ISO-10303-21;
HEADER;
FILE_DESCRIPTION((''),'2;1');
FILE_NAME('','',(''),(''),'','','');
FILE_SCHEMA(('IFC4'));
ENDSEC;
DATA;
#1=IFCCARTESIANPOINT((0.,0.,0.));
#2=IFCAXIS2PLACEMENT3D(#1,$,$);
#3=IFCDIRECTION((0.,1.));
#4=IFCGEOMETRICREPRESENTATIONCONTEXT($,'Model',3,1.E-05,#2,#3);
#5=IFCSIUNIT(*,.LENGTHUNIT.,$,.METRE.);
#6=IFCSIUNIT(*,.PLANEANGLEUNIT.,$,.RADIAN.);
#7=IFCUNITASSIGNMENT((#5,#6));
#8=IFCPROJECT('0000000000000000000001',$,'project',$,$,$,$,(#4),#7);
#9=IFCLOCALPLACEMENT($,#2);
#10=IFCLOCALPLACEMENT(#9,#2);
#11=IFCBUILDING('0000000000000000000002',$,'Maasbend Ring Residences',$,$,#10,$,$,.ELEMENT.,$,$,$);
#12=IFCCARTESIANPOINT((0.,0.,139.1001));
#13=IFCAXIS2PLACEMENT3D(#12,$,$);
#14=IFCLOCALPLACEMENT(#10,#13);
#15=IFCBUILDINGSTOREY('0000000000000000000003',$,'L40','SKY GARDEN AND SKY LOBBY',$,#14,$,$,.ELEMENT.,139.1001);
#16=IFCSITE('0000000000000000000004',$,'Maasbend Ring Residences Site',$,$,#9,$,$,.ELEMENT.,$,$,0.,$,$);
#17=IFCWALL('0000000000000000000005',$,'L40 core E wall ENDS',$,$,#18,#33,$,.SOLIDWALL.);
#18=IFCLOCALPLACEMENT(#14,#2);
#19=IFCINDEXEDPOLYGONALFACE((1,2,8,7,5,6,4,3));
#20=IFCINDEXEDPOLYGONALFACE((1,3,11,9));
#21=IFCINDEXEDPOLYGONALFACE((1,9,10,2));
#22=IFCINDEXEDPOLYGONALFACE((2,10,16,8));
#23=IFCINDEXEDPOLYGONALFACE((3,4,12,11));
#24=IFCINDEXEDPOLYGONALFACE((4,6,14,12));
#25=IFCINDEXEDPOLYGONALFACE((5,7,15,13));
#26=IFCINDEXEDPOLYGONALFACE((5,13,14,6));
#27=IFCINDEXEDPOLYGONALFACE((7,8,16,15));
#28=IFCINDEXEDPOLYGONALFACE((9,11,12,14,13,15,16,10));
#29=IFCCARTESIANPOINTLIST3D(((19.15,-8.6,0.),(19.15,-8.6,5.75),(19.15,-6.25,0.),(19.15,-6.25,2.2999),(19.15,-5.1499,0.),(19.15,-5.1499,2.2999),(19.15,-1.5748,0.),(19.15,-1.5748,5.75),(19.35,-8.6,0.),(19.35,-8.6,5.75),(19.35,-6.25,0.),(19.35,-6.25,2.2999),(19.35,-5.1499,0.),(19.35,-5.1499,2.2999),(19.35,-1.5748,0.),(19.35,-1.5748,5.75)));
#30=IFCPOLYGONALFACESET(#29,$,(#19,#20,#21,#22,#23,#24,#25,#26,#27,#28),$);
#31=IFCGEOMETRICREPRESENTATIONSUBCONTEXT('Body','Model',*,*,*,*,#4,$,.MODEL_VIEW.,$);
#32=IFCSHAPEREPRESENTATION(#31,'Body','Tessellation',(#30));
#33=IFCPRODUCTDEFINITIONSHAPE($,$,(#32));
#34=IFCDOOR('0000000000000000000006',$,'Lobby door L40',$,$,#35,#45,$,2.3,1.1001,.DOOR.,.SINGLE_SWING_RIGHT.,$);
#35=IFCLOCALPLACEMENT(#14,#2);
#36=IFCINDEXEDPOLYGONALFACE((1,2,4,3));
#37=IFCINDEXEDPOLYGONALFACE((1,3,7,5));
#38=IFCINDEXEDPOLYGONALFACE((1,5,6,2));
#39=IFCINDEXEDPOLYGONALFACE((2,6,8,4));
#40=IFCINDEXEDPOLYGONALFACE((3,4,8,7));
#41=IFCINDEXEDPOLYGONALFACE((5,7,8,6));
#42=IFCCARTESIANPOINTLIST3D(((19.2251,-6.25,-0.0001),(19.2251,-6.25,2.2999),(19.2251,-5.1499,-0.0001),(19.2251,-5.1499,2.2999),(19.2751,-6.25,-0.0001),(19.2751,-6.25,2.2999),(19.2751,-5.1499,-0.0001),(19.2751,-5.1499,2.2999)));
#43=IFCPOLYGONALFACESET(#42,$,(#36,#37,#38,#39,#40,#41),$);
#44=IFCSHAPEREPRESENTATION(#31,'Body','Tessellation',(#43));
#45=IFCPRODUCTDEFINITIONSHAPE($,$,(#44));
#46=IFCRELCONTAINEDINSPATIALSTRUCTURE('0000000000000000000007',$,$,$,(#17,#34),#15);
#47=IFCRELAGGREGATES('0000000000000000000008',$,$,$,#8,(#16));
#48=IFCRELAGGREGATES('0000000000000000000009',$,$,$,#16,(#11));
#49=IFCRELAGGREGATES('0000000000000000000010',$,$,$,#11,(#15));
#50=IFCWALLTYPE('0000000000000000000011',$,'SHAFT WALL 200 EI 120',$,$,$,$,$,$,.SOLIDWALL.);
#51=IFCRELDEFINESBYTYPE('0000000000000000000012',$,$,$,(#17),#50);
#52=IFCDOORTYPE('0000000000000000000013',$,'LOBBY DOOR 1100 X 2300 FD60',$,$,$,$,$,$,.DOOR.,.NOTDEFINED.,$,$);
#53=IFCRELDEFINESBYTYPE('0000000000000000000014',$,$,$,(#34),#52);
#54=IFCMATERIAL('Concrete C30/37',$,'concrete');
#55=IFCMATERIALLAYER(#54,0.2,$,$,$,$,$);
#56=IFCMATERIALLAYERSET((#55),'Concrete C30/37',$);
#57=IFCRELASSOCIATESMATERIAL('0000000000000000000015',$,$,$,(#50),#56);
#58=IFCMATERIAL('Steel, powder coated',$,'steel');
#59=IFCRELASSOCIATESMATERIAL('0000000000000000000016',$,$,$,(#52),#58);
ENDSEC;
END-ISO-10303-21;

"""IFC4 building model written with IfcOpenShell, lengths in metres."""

from ifc_helpers import new_model, si_unit, direction, frame, frame_2d, origin, place, context, subcontext, project, spatial, rectangle, extrude, material, layer, layer_set, type_object, element, fill, save


model = new_model("IFC4")

# Units and contexts
model_context = context("Model", 3, precision=1e-05, world=origin(), true_north=direction((0.0, 1.0)))
body_context = subcontext(model_context, "Body", "Model", "MODEL_VIEW")
ifc_project = project(units=[si_unit("LENGTHUNIT", "METRE"), si_unit("PLANEANGLEUNIT", "RADIAN")], contexts=[model_context])

# Site, building, storey
site_placement = place(None, origin())
site = spatial("IfcSite", under=ifc_project, at=site_placement, Name="Maasbend Ring Residences Site", CompositionType="ELEMENT", RefElevation=0.0)
building_placement = place(site_placement, origin())
building = spatial("IfcBuilding", under=site, at=building_placement, Name="Maasbend Ring Residences", CompositionType="ELEMENT")
storey_placement = place(building_placement, frame((0.0, 0.0, 139.1001)))
storey = spatial("IfcBuildingStorey", under=building, at=storey_placement, Name="L40", Description="SKY GARDEN AND SKY LOBBY", CompositionType="ELEMENT", Elevation=139.1001)

# Wall, opening, door
ifc_material_1 = material(Name="Concrete C30/37", Category="concrete")
ifc_layer_1 = layer(ifc_material_1, 0.2)
ifc_layer_set_1 = layer_set([ifc_layer_1], Name="Concrete C30/37")
wall_type_1 = type_object("IfcWallType", Name="SHAFT WALL 200 EI 120", PredefinedType="SOLIDWALL", material=ifc_layer_set_1)
wall_1_placement = place(storey_placement, frame((19.25, -8.6001, 0.0), z_axis=(0.0, 0.0, 1.0), x_axis=(0.0, 1.0, 0.0)))
wall_1 = element("IfcWall", 1, at=wall_1_placement, inside=storey, type_object=wall_type_1, Name="L40 core E wall ENDS", PredefinedType="SOLIDWALL", context=body_context, shape_type="SweptSolid", body=[
    extrude(rectangle(XDim=7.0251, YDim=0.2, at=frame_2d((3.5127, 0.0))), origin(), (0.0, 0.0, 1.0), 5.75),
])
opening_1_placement = place(wall_1_placement, frame((2.3501, 0.0, 0.0)))
opening_1 = element("IfcOpeningElement", 2, at=opening_1_placement, cuts=wall_1, PredefinedType="OPENING", context=body_context, shape_type="SweptSolid", body=[
    extrude(rectangle(XDim=1.1001, YDim=2.3, at=frame_2d((0.55, 1.1499))), frame((0.0, 0.1099, 0.0), z_axis=(0.0, -1.0, 0.0), x_axis=(1.0, 0.0, 0.0)), (0.0, 0.0, 1.0), 0.22),
])
ifc_material_2 = material(Name="Steel, powder coated", Category="steel")
door_type_1 = type_object("IfcDoorType", Name="LOBBY DOOR 1100 X 2300 FD60", OperationType="NOTDEFINED", PredefinedType="DOOR", material=ifc_material_2)
door_1_placement = place(opening_1_placement, origin())
door_1 = element("IfcDoor", 3, at=door_1_placement, inside=storey, type_object=door_type_1, Name="Lobby door L40", OperationType="SINGLE_SWING_RIGHT", OverallHeight=2.3, OverallWidth=1.1001, PredefinedType="DOOR", context=body_context, shape_type="SweptSolid", body=[
    extrude(rectangle(XDim=1.1001, YDim=2.3, at=frame_2d((0.55, 1.1499))), frame((0.0, 0.0249, 0.0), z_axis=(0.0, -1.0, 0.0), x_axis=(1.0, 0.0, 0.0)), (0.0, 0.0, 1.0), 0.05),
])
fill(opening_1, door_1)

save(model, "model.ifc")
